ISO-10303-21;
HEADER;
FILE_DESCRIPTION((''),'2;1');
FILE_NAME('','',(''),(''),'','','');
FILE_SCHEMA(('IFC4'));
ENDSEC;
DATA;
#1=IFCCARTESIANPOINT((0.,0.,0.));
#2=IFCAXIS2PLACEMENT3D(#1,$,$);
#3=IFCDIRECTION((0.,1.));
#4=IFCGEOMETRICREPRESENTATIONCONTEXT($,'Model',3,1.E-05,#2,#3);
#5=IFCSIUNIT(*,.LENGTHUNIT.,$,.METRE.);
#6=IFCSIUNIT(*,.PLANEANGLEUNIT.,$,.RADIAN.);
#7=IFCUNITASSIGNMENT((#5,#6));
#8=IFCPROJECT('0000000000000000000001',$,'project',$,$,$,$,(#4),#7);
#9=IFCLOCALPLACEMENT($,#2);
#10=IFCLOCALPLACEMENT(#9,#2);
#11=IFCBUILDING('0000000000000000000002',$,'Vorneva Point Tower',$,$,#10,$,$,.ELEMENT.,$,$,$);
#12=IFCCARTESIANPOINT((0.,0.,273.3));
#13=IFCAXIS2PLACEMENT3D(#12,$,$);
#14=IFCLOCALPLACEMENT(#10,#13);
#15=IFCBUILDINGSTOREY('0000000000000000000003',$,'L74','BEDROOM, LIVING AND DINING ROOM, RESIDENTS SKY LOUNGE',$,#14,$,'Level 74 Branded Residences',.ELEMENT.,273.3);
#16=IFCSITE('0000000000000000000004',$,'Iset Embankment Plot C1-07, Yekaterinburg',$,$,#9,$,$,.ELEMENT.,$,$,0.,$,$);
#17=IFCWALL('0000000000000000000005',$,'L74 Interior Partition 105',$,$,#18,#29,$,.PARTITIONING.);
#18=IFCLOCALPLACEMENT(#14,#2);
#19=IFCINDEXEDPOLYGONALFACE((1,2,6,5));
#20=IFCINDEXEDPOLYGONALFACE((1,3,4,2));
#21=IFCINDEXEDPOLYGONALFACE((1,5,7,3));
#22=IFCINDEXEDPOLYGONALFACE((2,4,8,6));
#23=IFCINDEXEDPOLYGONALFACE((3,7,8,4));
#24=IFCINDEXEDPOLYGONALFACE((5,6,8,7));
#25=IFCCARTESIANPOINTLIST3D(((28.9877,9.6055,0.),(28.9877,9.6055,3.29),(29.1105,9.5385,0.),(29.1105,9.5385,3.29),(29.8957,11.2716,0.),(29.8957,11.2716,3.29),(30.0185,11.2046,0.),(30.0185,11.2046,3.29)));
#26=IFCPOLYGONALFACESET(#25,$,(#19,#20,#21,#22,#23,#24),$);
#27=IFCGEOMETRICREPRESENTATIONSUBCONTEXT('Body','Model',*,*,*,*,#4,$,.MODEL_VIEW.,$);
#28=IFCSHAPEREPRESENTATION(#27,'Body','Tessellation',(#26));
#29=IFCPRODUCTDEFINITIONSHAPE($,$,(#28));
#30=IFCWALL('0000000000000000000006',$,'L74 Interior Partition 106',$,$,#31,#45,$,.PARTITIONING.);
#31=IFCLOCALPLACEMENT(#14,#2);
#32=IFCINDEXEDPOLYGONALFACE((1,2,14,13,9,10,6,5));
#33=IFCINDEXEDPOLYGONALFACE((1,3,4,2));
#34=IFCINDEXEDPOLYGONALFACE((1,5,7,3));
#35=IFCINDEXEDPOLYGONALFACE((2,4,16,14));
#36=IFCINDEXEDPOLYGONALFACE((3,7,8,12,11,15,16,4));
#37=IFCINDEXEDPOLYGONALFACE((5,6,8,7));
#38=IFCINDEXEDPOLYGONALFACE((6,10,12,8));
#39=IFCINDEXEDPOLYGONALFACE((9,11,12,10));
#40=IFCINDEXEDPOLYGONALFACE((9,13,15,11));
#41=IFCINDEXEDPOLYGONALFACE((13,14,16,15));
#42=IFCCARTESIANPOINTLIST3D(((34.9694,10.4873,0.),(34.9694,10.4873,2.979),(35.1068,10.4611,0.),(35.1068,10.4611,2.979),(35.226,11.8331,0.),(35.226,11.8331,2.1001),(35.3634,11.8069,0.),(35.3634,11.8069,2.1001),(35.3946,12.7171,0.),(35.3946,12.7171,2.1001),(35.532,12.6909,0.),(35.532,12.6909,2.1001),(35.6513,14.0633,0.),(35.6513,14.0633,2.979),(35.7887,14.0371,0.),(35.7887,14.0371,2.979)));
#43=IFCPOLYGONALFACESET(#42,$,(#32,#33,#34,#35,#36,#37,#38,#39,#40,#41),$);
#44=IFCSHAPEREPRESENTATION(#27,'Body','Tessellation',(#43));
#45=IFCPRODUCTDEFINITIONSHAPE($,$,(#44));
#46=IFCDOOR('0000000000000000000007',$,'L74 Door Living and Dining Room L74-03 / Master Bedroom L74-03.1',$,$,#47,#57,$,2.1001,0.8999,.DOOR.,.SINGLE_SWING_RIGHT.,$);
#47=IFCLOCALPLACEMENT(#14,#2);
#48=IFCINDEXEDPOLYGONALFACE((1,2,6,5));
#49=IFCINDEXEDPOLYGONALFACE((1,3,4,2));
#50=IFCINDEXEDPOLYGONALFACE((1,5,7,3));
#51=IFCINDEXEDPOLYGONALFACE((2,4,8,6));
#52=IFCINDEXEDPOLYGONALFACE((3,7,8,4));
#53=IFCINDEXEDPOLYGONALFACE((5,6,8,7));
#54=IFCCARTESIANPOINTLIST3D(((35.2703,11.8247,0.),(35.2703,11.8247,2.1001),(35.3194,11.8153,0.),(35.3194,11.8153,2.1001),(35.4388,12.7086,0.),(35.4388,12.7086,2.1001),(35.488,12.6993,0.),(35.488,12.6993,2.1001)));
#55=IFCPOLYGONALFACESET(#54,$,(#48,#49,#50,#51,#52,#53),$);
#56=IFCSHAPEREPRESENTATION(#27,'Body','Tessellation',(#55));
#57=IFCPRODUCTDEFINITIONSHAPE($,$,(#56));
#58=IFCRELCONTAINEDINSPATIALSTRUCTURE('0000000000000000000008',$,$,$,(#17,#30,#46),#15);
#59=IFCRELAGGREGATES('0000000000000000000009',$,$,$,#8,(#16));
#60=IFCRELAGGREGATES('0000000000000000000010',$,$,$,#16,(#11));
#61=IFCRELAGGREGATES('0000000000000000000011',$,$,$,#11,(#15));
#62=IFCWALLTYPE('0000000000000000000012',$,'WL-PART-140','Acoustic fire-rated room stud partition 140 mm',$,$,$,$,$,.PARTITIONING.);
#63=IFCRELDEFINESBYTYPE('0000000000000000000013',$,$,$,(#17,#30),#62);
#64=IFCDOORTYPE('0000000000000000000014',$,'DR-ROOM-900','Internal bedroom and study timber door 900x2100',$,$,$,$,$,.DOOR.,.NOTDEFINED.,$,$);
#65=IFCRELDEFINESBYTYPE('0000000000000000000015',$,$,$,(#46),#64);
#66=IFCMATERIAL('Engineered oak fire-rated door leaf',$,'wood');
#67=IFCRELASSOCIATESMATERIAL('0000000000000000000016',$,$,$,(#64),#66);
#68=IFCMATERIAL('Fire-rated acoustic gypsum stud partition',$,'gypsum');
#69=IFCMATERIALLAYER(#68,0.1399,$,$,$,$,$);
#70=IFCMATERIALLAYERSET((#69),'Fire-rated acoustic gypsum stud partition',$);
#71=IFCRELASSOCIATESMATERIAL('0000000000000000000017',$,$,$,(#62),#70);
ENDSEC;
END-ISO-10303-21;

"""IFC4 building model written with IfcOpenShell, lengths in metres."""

from ifc_helpers import new_model, si_unit, direction, frame, frame_2d, origin, place, context, subcontext, project, spatial, rectangle, extrude, material, layer, layer_set, type_object, element, fill, save


model = new_model("IFC4")

# Units and contexts
model_context = context("Model", 3, precision=1e-05, world=origin(), true_north=direction((0.0, 1.0)))
body_context = subcontext(model_context, "Body", "Model", "MODEL_VIEW")
ifc_project = project(units=[si_unit("LENGTHUNIT", "METRE"), si_unit("PLANEANGLEUNIT", "RADIAN")], contexts=[model_context])

# Site, building, storey
site_placement = place(None, origin())
site = spatial("IfcSite", under=ifc_project, at=site_placement, Name="Iset Embankment Plot C1-07, Yekaterinburg", CompositionType="ELEMENT", RefElevation=0.0)
building_placement = place(site_placement, origin())
building = spatial("IfcBuilding", under=site, at=building_placement, Name="Vorneva Point Tower", CompositionType="ELEMENT")
storey_placement = place(building_placement, frame((0.0, 0.0, 273.3)))
storey = spatial("IfcBuildingStorey", under=building, at=storey_placement, Name="L74", Description="BEDROOM, LIVING AND DINING ROOM, RESIDENTS SKY LOUNGE", LongName="Level 74 Branded Residences", CompositionType="ELEMENT", Elevation=273.3)

# Shared definitions
ifc_material_1 = material(Name="Fire-rated acoustic gypsum stud partition", Category="gypsum")
ifc_material_2 = material(Name="Engineered oak fire-rated door leaf", Category="wood")

# Shared definitions
door_type_1 = type_object("IfcDoorType", Name="DR-ROOM-900", Description="Internal bedroom and study timber door 900x2100", OperationType="NOTDEFINED", PredefinedType="DOOR", material=ifc_material_2)

# Shared definitions
ifc_layer_1 = layer(ifc_material_1, 0.1399)
ifc_layer_set_1 = layer_set([ifc_layer_1], Name="Fire-rated acoustic gypsum stud partition")
wall_type_1 = type_object("IfcWallType", Name="WL-PART-140", Description="Acoustic fire-rated room stud partition 140 mm", PredefinedType="PARTITIONING", material=ifc_layer_set_1)

# Wall
wall_1_placement = place(storey_placement, frame((29.0491, 9.572, 0.0), z_axis=(0.0, 0.0, 1.0), x_axis=(0.478537, 0.878068, 0.0)))
element("IfcWall", 1, at=wall_1_placement, inside=storey, type_object=wall_type_1, Name="L74 Interior Partition 105", PredefinedType="PARTITIONING", context=body_context, shape_type="SweptSolid", body=[
    extrude(rectangle(XDim=1.8975, YDim=0.1399, at=frame_2d((0.9487, 0.0))), origin(), (0.0, 0.0, 1.0), 3.29),
])

# Wall, opening, door
wall_2_placement = place(storey_placement, frame((35.0381, 10.4741, 0.0), z_axis=(0.0, 0.0, 1.0), x_axis=(0.187312, 0.9823, 0.0)))
wall_2 = element("IfcWall", 2, at=wall_2_placement, inside=storey, type_object=wall_type_1, Name="L74 Interior Partition 106", PredefinedType="PARTITIONING", context=body_context, shape_type="SweptSolid", body=[
    extrude(rectangle(XDim=3.6404, YDim=0.1399, at=frame_2d((1.8203, 0.0))), origin(), (0.0, 0.0, 1.0), 2.979),
])
opening_1_placement = place(wall_2_placement, frame((1.3701, 0.0, 0.0)))
opening_1 = element("IfcOpeningElement", 3, at=opening_1_placement, cuts=wall_2, PredefinedType="OPENING", context=body_context, shape_type="SweptSolid", body=[
    extrude(rectangle(XDim=0.8999, YDim=2.1001, at=frame_2d((0.45, 1.05))), frame((0.0, 0.085, 0.0), z_axis=(0.0, -1.0, 0.0), x_axis=(1.0, 0.0, 0.0)), (0.0, 0.0, 1.0), 0.1697),
])
door_1_placement = place(opening_1_placement, origin())
door_1 = element("IfcDoor", 4, at=door_1_placement, inside=storey, type_object=door_type_1, Name="L74 Door Living and Dining Room L74-03 / Master Bedroom L74-03.1", OperationType="SINGLE_SWING_RIGHT", OverallHeight=2.1001, OverallWidth=0.8999, PredefinedType="DOOR", context=body_context, shape_type="SweptSolid", body=[
    extrude(rectangle(XDim=0.8999, YDim=2.1001, at=frame_2d((0.45, 1.05))), frame((0.0, 0.0249, 0.0), z_axis=(0.0, -1.0, 0.0), x_axis=(1.0, 0.0, 0.0)), (0.0, 0.0, 1.0), 0.05),
])
fill(opening_1, door_1)

save(model, "model.ifc")
